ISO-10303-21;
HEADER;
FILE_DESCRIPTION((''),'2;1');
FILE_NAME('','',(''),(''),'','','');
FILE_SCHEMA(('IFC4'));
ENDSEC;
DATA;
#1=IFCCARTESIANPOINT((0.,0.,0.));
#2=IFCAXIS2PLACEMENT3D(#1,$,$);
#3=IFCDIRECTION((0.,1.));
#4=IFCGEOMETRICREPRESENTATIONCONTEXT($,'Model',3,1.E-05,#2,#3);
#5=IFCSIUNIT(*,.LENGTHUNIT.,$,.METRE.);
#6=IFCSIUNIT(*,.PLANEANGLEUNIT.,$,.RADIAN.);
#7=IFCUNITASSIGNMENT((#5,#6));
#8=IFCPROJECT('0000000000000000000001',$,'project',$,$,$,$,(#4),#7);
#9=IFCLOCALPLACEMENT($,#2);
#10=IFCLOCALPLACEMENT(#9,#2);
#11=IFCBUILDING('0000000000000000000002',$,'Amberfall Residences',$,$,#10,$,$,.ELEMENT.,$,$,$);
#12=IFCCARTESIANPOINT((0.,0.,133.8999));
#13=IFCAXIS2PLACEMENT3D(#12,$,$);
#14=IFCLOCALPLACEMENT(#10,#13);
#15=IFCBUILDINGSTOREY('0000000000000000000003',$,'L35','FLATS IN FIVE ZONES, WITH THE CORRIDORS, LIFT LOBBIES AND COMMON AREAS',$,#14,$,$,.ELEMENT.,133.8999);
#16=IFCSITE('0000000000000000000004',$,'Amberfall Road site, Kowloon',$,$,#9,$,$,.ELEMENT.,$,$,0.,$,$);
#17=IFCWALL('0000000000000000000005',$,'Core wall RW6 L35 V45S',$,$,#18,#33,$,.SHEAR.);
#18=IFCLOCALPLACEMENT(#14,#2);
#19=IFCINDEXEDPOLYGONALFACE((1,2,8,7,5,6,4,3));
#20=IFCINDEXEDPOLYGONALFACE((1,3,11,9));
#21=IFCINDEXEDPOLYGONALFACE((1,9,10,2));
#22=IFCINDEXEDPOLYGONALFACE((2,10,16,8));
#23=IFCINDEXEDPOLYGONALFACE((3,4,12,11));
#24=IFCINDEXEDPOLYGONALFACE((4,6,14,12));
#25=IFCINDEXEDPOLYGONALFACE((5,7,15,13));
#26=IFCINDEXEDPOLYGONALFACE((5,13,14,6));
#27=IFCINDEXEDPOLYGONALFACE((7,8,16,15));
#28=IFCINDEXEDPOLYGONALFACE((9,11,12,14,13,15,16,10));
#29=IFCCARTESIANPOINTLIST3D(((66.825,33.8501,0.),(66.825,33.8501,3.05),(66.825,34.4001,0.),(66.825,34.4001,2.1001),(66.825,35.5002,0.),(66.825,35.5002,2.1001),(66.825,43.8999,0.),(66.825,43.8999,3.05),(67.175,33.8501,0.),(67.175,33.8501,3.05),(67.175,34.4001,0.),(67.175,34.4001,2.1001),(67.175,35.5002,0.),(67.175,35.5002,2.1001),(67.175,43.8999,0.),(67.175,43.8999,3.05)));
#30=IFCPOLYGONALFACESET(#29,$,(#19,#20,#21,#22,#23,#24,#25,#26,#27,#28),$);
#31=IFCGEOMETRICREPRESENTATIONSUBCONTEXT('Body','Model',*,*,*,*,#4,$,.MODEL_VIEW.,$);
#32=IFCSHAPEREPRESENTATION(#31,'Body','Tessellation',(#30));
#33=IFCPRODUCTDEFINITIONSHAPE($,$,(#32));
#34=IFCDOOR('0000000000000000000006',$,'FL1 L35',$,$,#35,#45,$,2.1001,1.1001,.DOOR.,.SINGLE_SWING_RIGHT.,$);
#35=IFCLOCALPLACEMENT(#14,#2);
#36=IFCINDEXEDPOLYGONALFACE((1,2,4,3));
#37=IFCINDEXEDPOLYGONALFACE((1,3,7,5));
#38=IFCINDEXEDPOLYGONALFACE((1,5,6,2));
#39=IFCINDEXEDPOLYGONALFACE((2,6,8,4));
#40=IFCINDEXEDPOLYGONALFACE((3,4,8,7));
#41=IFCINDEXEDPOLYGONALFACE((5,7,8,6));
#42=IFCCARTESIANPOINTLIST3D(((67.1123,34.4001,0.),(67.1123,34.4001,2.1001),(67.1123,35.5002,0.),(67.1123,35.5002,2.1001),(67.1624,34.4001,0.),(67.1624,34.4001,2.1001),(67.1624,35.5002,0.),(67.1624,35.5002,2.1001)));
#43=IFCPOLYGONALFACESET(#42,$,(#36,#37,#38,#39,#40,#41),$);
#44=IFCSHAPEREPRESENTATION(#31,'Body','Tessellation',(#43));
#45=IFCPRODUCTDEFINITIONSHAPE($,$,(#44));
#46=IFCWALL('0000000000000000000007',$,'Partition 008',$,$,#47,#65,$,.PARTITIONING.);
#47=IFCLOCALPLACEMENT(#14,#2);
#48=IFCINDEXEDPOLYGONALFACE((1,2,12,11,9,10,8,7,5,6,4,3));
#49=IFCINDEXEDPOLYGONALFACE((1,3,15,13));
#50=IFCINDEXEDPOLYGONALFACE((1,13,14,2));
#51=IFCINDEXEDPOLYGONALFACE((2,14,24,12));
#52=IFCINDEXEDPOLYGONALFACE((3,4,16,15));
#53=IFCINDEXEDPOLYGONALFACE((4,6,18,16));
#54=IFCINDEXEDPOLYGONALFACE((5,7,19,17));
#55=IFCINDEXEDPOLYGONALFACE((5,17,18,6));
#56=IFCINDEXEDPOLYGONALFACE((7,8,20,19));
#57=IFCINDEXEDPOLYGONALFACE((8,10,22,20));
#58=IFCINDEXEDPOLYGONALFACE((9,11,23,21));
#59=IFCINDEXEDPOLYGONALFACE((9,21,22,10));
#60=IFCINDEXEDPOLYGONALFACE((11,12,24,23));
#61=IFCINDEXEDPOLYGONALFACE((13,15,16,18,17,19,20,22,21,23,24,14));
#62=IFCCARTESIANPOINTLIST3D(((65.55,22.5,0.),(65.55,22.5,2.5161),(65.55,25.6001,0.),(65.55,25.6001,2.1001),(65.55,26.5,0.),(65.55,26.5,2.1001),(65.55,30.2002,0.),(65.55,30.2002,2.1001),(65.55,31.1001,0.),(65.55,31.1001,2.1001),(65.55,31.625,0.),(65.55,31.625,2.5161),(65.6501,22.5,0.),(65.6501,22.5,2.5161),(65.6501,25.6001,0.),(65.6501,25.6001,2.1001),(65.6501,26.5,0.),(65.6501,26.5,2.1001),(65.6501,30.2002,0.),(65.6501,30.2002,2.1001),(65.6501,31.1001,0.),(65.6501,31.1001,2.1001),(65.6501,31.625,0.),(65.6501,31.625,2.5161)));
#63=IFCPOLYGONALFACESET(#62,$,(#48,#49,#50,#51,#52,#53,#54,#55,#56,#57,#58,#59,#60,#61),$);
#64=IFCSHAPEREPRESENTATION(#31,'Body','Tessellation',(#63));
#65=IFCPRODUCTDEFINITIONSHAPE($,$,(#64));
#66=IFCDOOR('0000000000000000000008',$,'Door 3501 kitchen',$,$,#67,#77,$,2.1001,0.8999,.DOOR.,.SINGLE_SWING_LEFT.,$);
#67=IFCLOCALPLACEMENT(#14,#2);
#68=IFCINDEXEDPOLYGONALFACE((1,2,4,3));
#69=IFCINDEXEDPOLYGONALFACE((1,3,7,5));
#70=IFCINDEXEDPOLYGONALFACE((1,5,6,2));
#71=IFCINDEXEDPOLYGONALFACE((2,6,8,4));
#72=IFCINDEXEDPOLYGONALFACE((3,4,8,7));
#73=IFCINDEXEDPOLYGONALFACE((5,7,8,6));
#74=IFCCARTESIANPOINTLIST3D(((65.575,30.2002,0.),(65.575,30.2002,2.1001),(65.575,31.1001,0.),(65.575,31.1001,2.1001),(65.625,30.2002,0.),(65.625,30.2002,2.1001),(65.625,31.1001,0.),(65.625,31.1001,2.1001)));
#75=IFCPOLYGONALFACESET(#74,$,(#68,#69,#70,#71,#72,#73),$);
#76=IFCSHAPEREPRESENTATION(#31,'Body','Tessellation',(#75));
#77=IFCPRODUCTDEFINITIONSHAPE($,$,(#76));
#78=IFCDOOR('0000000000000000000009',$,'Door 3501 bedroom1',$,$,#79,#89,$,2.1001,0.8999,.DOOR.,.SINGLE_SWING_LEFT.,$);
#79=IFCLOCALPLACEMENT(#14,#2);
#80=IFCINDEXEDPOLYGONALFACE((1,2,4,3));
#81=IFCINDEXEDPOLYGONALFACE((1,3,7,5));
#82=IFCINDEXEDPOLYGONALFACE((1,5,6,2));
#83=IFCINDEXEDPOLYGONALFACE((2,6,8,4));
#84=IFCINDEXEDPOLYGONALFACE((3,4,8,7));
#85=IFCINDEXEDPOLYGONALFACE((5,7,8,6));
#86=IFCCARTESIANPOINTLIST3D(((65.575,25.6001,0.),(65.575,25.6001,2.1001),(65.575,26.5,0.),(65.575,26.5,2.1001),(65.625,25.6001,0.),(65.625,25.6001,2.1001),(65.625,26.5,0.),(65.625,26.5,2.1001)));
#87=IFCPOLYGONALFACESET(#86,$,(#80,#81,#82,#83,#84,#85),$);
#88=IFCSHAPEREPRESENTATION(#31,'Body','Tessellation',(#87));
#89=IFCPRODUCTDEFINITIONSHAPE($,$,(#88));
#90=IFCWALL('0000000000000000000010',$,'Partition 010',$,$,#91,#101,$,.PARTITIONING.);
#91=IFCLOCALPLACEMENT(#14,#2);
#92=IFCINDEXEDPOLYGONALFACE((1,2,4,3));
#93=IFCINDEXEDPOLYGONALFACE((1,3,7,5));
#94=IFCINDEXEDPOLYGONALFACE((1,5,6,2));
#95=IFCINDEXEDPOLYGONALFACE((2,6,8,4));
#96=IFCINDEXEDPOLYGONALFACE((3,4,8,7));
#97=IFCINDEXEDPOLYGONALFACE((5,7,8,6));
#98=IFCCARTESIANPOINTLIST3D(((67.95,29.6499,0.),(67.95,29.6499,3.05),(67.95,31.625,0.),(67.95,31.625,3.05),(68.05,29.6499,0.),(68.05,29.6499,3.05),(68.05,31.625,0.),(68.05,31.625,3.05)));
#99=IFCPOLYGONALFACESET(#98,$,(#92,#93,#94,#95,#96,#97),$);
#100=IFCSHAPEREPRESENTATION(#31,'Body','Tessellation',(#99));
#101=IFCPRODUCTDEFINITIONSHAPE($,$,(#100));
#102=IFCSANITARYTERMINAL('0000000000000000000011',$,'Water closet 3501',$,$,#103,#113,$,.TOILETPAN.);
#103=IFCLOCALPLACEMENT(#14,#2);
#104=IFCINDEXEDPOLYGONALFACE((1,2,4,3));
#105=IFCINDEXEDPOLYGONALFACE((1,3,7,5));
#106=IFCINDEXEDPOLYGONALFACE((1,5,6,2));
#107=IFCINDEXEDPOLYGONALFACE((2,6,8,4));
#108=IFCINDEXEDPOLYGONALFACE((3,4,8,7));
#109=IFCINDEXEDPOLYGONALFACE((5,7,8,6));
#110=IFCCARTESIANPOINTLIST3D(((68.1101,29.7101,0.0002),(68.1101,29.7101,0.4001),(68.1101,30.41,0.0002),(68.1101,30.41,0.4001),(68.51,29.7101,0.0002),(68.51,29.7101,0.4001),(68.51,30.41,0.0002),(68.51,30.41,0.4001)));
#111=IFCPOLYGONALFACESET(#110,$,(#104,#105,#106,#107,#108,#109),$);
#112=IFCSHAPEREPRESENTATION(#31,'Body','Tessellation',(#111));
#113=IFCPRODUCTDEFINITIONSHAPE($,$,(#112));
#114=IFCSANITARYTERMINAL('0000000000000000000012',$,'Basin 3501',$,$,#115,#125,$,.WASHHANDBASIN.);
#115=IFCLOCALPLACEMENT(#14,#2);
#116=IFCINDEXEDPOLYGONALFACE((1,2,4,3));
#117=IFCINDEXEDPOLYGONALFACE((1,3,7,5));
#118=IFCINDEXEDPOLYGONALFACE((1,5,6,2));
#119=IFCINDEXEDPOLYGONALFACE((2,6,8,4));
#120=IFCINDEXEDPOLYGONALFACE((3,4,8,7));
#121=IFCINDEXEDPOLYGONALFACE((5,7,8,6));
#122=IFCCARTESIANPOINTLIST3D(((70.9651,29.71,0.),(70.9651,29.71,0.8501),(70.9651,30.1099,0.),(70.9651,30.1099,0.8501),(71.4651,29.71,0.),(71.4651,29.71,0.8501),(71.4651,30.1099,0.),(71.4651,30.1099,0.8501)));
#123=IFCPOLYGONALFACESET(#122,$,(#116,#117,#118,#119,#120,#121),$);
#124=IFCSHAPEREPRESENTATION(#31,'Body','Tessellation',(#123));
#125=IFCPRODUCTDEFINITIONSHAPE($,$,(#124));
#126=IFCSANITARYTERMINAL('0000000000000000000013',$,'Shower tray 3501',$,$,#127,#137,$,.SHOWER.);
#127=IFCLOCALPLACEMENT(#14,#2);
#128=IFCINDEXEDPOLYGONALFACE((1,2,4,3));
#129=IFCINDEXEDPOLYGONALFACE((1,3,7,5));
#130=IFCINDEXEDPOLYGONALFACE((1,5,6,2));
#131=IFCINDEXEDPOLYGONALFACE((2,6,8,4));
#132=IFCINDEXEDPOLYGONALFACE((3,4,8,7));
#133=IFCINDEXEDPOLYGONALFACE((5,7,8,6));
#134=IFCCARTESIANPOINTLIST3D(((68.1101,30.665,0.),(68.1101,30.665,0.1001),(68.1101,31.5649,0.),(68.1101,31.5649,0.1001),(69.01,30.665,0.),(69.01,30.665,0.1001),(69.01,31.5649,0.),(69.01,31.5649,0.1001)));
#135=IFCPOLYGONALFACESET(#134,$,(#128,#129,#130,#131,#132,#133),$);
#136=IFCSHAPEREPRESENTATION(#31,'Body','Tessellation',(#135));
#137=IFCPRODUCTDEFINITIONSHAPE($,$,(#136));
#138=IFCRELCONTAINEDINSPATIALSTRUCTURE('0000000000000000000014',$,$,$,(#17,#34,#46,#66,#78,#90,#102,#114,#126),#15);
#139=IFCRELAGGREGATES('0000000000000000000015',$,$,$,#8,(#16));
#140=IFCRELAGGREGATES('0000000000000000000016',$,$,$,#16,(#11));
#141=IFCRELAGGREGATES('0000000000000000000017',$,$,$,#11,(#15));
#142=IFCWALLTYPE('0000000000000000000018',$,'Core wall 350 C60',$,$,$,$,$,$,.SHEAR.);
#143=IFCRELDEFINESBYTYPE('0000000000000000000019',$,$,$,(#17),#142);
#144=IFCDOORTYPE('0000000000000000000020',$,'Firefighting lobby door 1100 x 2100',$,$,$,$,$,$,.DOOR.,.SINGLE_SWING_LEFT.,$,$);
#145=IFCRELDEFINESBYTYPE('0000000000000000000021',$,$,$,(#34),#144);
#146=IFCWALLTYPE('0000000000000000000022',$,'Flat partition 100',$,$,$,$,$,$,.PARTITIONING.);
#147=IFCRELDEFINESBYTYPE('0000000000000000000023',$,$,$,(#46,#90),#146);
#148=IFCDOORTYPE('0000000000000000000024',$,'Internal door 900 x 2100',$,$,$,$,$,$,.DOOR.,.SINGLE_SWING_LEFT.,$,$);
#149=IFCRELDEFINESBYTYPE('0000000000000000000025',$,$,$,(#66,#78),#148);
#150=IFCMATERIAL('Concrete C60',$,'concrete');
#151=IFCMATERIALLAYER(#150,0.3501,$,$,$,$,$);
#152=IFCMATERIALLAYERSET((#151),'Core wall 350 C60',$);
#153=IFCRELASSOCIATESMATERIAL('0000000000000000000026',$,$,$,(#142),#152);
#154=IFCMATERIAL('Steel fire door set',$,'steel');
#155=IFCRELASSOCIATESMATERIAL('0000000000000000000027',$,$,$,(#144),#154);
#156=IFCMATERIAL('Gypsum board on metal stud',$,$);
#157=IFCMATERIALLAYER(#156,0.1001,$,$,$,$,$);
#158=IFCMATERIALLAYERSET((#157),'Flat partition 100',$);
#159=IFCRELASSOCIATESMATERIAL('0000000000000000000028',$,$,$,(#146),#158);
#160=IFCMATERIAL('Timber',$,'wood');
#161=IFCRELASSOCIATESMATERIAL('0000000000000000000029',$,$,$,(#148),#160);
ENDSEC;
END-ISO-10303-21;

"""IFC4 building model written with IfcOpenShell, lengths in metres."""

from ifc_helpers import new_model, si_unit, direction, frame, frame_2d, origin, origin_2d, place, context, subcontext, project, spatial, rectangle, extrude, material, layer, layer_set, type_object, element, fill, save


model = new_model("IFC4")

# Units and contexts
model_context = context("Model", 3, precision=1e-05, world=origin(), true_north=direction((0.0, 1.0)))
body_context = subcontext(model_context, "Body", "Model", "MODEL_VIEW")
ifc_project = project(units=[si_unit("LENGTHUNIT", "METRE"), si_unit("PLANEANGLEUNIT", "RADIAN")], contexts=[model_context])

# Site, building, storey
site_placement = place(None, origin())
site = spatial("IfcSite", under=ifc_project, at=site_placement, Name="Amberfall Road site, Kowloon", CompositionType="ELEMENT", RefElevation=0.0)
building_placement = place(site_placement, origin())
building = spatial("IfcBuilding", under=site, at=building_placement, Name="Amberfall Residences", CompositionType="ELEMENT")
storey_placement = place(building_placement, frame((0.0, 0.0, 133.8999)))
storey = spatial("IfcBuildingStorey", under=building, at=storey_placement, Name="L35", Description="FLATS IN FIVE ZONES, WITH THE CORRIDORS, LIFT LOBBIES AND COMMON AREAS", CompositionType="ELEMENT", Elevation=133.8999)

# Wall, opening, door
ifc_material_1 = material(Name="Concrete C60", Category="concrete")
ifc_layer_1 = layer(ifc_material_1, 0.3501)
ifc_layer_set_1 = layer_set([ifc_layer_1], Name="Core wall 350 C60")
wall_type_1 = type_object("IfcWallType", Name="Core wall 350 C60", PredefinedType="SHEAR", material=ifc_layer_set_1)
wall_1_placement = place(storey_placement, frame((67.0, 33.8501, 0.0), z_axis=(0.0, 0.0, 1.0), x_axis=(0.0, 1.0, 0.0)))
wall_1 = element("IfcWall", 1, at=wall_1_placement, inside=storey, type_object=wall_type_1, Name="Core wall RW6 L35 V45S", PredefinedType="SHEAR", context=body_context, shape_type="SweptSolid", body=[
    extrude(rectangle(XDim=10.0498, YDim=0.3501, at=frame_2d((5.0249, 0.0))), origin(), (0.0, 0.0, 1.0), 3.05),
])
opening_1_placement = place(wall_1_placement, frame((0.55, 0.0, 0.0)))
opening_1 = element("IfcOpeningElement", 2, at=opening_1_placement, cuts=wall_1, PredefinedType="OPENING", context=body_context, shape_type="SweptSolid", body=[
    extrude(rectangle(XDim=1.1001, YDim=2.1001, at=frame_2d((0.55, 1.05))), frame((0.0, 0.1851, 0.0), z_axis=(0.0, -1.0, 0.0), x_axis=(1.0, 0.0, 0.0)), (0.0, 0.0, 1.0), 0.3701),
])
ifc_material_2 = material(Name="Steel fire door set", Category="steel")
door_type_1 = type_object("IfcDoorType", Name="Firefighting lobby door 1100 x 2100", OperationType="SINGLE_SWING_LEFT", PredefinedType="DOOR", material=ifc_material_2)
door_1_placement = place(opening_1_placement, origin())
door_1 = element("IfcDoor", 3, at=door_1_placement, inside=storey, type_object=door_type_1, Name="FL1 L35", OperationType="SINGLE_SWING_RIGHT", OverallHeight=2.1001, OverallWidth=1.1001, PredefinedType="DOOR", context=body_context, shape_type="SweptSolid", body=[
    extrude(rectangle(XDim=1.1001, YDim=2.1001, at=frame_2d((0.55, 1.05))), frame((0.0, -0.1123, 0.0), z_axis=(0.0, -1.0, 0.0), x_axis=(1.0, 0.0, 0.0)), (0.0, 0.0, 1.0), 0.05),
])
fill(opening_1, door_1)

# Wall, openings, doors
ifc_material_3 = material(Name="Gypsum board on metal stud")
ifc_layer_2 = layer(ifc_material_3, 0.1001)
ifc_layer_set_2 = layer_set([ifc_layer_2], Name="Flat partition 100")
wall_type_2 = type_object("IfcWallType", Name="Flat partition 100", PredefinedType="PARTITIONING", material=ifc_layer_set_2)
wall_2_placement = place(storey_placement, frame((65.6001, 31.625, 0.0), z_axis=(0.0, 0.0, 1.0), x_axis=(0.0, -1.0, 0.0)))
wall_2 = element("IfcWall", 4, at=wall_2_placement, inside=storey, type_object=wall_type_2, Name="Partition 008", PredefinedType="PARTITIONING", context=body_context, shape_type="SweptSolid", body=[
    extrude(rectangle(XDim=9.125, YDim=0.1001, at=frame_2d((4.5625, 0.0))), origin(), (0.0, 0.0, 1.0), 2.5161),
])
opening_2_placement = place(wall_2_placement, frame((0.5249, 0.0, 0.0)))
opening_2 = element("IfcOpeningElement", 5, at=opening_2_placement, cuts=wall_2, PredefinedType="OPENING", context=body_context, shape_type="SweptSolid", body=[
    extrude(rectangle(XDim=0.8999, YDim=2.1001, at=frame_2d((0.45, 1.05))), frame((0.0, 0.0601, 0.0), z_axis=(0.0, -1.0, 0.0), x_axis=(1.0, 0.0, 0.0)), (0.0, 0.0, 1.0), 0.1201),
])
opening_3_placement = place(wall_2_placement, frame((5.125, 0.0, 0.0)))
opening_3 = element("IfcOpeningElement", 6, at=opening_3_placement, cuts=wall_2, PredefinedType="OPENING", context=body_context, shape_type="SweptSolid", body=[
    extrude(rectangle(XDim=0.8999, YDim=2.1001, at=frame_2d((0.45, 1.05))), frame((0.0, 0.0601, 0.0), z_axis=(0.0, -1.0, 0.0), x_axis=(1.0, 0.0, 0.0)), (0.0, 0.0, 1.0), 0.1201),
])
ifc_material_4 = material(Name="Timber", Category="wood")
door_type_2 = type_object("IfcDoorType", Name="Internal door 900 x 2100", OperationType="SINGLE_SWING_LEFT", PredefinedType="DOOR", material=ifc_material_4)
door_2_placement = place(opening_2_placement, origin())
door_2 = element("IfcDoor", 7, at=door_2_placement, inside=storey, type_object=door_type_2, Name="Door 3501 kitchen", OperationType="SINGLE_SWING_LEFT", OverallHeight=2.1001, OverallWidth=0.8999, PredefinedType="DOOR", context=body_context, shape_type="SweptSolid", body=[
    extrude(rectangle(XDim=0.8999, YDim=2.1001, at=frame_2d((0.45, 1.05))), frame((0.0, 0.0249, 0.0), z_axis=(0.0, -1.0, 0.0), x_axis=(1.0, 0.0, 0.0)), (0.0, 0.0, 1.0), 0.05),
])
fill(opening_2, door_2)
door_3_placement = place(opening_3_placement, origin())
door_3 = element("IfcDoor", 8, at=door_3_placement, inside=storey, type_object=door_type_2, Name="Door 3501 bedroom1", OperationType="SINGLE_SWING_LEFT", OverallHeight=2.1001, OverallWidth=0.8999, PredefinedType="DOOR", context=body_context, shape_type="SweptSolid", body=[
    extrude(rectangle(XDim=0.8999, YDim=2.1001, at=frame_2d((0.45, 1.05))), frame((0.0, 0.0249, 0.0), z_axis=(0.0, -1.0, 0.0), x_axis=(1.0, 0.0, 0.0)), (0.0, 0.0, 1.0), 0.05),
])
fill(opening_3, door_3)

# Wall
wall_3_placement = place(storey_placement, frame((68.0, 29.6499, 0.0), z_axis=(0.0, 0.0, 1.0), x_axis=(0.0, 1.0, 0.0)))
element("IfcWall", 9, at=wall_3_placement, inside=storey, type_object=wall_type_2, Name="Partition 010", PredefinedType="PARTITIONING", context=body_context, shape_type="SweptSolid", body=[
    extrude(rectangle(XDim=1.9751, YDim=0.1001, at=frame_2d((0.9875, 0.0))), origin(), (0.0, 0.0, 1.0), 3.05),
])

# Sanitary terminals
sanitary_terminal_1_placement = place(storey_placement, frame((68.3101, 30.0601, 0.0002), z_axis=(0.0, 0.0, 1.0), x_axis=(1.0, 0.0, 0.0)))
element("IfcSanitaryTerminal", 10, at=sanitary_terminal_1_placement, inside=storey, Name="Water closet 3501", PredefinedType="TOILETPAN", context=body_context, shape_type="SweptSolid", body=[
    extrude(rectangle(XDim=0.3999, YDim=0.7, at=origin_2d()), origin(), (0.0, 0.0, 1.0), 0.3999),
])
sanitary_terminal_2_placement = place(storey_placement, frame((71.2151, 29.9099, 0.0), z_axis=(0.0, 0.0, 1.0), x_axis=(1.0, 0.0, 0.0)))
element("IfcSanitaryTerminal", 11, at=sanitary_terminal_2_placement, inside=storey, Name="Basin 3501", PredefinedType="WASHHANDBASIN", context=body_context, shape_type="SweptSolid", body=[
    extrude(rectangle(XDim=0.5, YDim=0.3999, at=origin_2d()), origin(), (0.0, 0.0, 1.0), 0.8501),
])
sanitary_terminal_3_placement = place(storey_placement, frame((68.5601, 31.115, 0.0), z_axis=(0.0, 0.0, 1.0), x_axis=(1.0, 0.0, 0.0)))
element("IfcSanitaryTerminal", 12, at=sanitary_terminal_3_placement, inside=storey, Name="Shower tray 3501", PredefinedType="SHOWER", context=body_context, shape_type="SweptSolid", body=[
    extrude(rectangle(XDim=0.8999, YDim=0.8999, at=origin_2d()), origin(), (0.0, 0.0, 1.0), 0.1001),
])

save(model, "model.ifc")
